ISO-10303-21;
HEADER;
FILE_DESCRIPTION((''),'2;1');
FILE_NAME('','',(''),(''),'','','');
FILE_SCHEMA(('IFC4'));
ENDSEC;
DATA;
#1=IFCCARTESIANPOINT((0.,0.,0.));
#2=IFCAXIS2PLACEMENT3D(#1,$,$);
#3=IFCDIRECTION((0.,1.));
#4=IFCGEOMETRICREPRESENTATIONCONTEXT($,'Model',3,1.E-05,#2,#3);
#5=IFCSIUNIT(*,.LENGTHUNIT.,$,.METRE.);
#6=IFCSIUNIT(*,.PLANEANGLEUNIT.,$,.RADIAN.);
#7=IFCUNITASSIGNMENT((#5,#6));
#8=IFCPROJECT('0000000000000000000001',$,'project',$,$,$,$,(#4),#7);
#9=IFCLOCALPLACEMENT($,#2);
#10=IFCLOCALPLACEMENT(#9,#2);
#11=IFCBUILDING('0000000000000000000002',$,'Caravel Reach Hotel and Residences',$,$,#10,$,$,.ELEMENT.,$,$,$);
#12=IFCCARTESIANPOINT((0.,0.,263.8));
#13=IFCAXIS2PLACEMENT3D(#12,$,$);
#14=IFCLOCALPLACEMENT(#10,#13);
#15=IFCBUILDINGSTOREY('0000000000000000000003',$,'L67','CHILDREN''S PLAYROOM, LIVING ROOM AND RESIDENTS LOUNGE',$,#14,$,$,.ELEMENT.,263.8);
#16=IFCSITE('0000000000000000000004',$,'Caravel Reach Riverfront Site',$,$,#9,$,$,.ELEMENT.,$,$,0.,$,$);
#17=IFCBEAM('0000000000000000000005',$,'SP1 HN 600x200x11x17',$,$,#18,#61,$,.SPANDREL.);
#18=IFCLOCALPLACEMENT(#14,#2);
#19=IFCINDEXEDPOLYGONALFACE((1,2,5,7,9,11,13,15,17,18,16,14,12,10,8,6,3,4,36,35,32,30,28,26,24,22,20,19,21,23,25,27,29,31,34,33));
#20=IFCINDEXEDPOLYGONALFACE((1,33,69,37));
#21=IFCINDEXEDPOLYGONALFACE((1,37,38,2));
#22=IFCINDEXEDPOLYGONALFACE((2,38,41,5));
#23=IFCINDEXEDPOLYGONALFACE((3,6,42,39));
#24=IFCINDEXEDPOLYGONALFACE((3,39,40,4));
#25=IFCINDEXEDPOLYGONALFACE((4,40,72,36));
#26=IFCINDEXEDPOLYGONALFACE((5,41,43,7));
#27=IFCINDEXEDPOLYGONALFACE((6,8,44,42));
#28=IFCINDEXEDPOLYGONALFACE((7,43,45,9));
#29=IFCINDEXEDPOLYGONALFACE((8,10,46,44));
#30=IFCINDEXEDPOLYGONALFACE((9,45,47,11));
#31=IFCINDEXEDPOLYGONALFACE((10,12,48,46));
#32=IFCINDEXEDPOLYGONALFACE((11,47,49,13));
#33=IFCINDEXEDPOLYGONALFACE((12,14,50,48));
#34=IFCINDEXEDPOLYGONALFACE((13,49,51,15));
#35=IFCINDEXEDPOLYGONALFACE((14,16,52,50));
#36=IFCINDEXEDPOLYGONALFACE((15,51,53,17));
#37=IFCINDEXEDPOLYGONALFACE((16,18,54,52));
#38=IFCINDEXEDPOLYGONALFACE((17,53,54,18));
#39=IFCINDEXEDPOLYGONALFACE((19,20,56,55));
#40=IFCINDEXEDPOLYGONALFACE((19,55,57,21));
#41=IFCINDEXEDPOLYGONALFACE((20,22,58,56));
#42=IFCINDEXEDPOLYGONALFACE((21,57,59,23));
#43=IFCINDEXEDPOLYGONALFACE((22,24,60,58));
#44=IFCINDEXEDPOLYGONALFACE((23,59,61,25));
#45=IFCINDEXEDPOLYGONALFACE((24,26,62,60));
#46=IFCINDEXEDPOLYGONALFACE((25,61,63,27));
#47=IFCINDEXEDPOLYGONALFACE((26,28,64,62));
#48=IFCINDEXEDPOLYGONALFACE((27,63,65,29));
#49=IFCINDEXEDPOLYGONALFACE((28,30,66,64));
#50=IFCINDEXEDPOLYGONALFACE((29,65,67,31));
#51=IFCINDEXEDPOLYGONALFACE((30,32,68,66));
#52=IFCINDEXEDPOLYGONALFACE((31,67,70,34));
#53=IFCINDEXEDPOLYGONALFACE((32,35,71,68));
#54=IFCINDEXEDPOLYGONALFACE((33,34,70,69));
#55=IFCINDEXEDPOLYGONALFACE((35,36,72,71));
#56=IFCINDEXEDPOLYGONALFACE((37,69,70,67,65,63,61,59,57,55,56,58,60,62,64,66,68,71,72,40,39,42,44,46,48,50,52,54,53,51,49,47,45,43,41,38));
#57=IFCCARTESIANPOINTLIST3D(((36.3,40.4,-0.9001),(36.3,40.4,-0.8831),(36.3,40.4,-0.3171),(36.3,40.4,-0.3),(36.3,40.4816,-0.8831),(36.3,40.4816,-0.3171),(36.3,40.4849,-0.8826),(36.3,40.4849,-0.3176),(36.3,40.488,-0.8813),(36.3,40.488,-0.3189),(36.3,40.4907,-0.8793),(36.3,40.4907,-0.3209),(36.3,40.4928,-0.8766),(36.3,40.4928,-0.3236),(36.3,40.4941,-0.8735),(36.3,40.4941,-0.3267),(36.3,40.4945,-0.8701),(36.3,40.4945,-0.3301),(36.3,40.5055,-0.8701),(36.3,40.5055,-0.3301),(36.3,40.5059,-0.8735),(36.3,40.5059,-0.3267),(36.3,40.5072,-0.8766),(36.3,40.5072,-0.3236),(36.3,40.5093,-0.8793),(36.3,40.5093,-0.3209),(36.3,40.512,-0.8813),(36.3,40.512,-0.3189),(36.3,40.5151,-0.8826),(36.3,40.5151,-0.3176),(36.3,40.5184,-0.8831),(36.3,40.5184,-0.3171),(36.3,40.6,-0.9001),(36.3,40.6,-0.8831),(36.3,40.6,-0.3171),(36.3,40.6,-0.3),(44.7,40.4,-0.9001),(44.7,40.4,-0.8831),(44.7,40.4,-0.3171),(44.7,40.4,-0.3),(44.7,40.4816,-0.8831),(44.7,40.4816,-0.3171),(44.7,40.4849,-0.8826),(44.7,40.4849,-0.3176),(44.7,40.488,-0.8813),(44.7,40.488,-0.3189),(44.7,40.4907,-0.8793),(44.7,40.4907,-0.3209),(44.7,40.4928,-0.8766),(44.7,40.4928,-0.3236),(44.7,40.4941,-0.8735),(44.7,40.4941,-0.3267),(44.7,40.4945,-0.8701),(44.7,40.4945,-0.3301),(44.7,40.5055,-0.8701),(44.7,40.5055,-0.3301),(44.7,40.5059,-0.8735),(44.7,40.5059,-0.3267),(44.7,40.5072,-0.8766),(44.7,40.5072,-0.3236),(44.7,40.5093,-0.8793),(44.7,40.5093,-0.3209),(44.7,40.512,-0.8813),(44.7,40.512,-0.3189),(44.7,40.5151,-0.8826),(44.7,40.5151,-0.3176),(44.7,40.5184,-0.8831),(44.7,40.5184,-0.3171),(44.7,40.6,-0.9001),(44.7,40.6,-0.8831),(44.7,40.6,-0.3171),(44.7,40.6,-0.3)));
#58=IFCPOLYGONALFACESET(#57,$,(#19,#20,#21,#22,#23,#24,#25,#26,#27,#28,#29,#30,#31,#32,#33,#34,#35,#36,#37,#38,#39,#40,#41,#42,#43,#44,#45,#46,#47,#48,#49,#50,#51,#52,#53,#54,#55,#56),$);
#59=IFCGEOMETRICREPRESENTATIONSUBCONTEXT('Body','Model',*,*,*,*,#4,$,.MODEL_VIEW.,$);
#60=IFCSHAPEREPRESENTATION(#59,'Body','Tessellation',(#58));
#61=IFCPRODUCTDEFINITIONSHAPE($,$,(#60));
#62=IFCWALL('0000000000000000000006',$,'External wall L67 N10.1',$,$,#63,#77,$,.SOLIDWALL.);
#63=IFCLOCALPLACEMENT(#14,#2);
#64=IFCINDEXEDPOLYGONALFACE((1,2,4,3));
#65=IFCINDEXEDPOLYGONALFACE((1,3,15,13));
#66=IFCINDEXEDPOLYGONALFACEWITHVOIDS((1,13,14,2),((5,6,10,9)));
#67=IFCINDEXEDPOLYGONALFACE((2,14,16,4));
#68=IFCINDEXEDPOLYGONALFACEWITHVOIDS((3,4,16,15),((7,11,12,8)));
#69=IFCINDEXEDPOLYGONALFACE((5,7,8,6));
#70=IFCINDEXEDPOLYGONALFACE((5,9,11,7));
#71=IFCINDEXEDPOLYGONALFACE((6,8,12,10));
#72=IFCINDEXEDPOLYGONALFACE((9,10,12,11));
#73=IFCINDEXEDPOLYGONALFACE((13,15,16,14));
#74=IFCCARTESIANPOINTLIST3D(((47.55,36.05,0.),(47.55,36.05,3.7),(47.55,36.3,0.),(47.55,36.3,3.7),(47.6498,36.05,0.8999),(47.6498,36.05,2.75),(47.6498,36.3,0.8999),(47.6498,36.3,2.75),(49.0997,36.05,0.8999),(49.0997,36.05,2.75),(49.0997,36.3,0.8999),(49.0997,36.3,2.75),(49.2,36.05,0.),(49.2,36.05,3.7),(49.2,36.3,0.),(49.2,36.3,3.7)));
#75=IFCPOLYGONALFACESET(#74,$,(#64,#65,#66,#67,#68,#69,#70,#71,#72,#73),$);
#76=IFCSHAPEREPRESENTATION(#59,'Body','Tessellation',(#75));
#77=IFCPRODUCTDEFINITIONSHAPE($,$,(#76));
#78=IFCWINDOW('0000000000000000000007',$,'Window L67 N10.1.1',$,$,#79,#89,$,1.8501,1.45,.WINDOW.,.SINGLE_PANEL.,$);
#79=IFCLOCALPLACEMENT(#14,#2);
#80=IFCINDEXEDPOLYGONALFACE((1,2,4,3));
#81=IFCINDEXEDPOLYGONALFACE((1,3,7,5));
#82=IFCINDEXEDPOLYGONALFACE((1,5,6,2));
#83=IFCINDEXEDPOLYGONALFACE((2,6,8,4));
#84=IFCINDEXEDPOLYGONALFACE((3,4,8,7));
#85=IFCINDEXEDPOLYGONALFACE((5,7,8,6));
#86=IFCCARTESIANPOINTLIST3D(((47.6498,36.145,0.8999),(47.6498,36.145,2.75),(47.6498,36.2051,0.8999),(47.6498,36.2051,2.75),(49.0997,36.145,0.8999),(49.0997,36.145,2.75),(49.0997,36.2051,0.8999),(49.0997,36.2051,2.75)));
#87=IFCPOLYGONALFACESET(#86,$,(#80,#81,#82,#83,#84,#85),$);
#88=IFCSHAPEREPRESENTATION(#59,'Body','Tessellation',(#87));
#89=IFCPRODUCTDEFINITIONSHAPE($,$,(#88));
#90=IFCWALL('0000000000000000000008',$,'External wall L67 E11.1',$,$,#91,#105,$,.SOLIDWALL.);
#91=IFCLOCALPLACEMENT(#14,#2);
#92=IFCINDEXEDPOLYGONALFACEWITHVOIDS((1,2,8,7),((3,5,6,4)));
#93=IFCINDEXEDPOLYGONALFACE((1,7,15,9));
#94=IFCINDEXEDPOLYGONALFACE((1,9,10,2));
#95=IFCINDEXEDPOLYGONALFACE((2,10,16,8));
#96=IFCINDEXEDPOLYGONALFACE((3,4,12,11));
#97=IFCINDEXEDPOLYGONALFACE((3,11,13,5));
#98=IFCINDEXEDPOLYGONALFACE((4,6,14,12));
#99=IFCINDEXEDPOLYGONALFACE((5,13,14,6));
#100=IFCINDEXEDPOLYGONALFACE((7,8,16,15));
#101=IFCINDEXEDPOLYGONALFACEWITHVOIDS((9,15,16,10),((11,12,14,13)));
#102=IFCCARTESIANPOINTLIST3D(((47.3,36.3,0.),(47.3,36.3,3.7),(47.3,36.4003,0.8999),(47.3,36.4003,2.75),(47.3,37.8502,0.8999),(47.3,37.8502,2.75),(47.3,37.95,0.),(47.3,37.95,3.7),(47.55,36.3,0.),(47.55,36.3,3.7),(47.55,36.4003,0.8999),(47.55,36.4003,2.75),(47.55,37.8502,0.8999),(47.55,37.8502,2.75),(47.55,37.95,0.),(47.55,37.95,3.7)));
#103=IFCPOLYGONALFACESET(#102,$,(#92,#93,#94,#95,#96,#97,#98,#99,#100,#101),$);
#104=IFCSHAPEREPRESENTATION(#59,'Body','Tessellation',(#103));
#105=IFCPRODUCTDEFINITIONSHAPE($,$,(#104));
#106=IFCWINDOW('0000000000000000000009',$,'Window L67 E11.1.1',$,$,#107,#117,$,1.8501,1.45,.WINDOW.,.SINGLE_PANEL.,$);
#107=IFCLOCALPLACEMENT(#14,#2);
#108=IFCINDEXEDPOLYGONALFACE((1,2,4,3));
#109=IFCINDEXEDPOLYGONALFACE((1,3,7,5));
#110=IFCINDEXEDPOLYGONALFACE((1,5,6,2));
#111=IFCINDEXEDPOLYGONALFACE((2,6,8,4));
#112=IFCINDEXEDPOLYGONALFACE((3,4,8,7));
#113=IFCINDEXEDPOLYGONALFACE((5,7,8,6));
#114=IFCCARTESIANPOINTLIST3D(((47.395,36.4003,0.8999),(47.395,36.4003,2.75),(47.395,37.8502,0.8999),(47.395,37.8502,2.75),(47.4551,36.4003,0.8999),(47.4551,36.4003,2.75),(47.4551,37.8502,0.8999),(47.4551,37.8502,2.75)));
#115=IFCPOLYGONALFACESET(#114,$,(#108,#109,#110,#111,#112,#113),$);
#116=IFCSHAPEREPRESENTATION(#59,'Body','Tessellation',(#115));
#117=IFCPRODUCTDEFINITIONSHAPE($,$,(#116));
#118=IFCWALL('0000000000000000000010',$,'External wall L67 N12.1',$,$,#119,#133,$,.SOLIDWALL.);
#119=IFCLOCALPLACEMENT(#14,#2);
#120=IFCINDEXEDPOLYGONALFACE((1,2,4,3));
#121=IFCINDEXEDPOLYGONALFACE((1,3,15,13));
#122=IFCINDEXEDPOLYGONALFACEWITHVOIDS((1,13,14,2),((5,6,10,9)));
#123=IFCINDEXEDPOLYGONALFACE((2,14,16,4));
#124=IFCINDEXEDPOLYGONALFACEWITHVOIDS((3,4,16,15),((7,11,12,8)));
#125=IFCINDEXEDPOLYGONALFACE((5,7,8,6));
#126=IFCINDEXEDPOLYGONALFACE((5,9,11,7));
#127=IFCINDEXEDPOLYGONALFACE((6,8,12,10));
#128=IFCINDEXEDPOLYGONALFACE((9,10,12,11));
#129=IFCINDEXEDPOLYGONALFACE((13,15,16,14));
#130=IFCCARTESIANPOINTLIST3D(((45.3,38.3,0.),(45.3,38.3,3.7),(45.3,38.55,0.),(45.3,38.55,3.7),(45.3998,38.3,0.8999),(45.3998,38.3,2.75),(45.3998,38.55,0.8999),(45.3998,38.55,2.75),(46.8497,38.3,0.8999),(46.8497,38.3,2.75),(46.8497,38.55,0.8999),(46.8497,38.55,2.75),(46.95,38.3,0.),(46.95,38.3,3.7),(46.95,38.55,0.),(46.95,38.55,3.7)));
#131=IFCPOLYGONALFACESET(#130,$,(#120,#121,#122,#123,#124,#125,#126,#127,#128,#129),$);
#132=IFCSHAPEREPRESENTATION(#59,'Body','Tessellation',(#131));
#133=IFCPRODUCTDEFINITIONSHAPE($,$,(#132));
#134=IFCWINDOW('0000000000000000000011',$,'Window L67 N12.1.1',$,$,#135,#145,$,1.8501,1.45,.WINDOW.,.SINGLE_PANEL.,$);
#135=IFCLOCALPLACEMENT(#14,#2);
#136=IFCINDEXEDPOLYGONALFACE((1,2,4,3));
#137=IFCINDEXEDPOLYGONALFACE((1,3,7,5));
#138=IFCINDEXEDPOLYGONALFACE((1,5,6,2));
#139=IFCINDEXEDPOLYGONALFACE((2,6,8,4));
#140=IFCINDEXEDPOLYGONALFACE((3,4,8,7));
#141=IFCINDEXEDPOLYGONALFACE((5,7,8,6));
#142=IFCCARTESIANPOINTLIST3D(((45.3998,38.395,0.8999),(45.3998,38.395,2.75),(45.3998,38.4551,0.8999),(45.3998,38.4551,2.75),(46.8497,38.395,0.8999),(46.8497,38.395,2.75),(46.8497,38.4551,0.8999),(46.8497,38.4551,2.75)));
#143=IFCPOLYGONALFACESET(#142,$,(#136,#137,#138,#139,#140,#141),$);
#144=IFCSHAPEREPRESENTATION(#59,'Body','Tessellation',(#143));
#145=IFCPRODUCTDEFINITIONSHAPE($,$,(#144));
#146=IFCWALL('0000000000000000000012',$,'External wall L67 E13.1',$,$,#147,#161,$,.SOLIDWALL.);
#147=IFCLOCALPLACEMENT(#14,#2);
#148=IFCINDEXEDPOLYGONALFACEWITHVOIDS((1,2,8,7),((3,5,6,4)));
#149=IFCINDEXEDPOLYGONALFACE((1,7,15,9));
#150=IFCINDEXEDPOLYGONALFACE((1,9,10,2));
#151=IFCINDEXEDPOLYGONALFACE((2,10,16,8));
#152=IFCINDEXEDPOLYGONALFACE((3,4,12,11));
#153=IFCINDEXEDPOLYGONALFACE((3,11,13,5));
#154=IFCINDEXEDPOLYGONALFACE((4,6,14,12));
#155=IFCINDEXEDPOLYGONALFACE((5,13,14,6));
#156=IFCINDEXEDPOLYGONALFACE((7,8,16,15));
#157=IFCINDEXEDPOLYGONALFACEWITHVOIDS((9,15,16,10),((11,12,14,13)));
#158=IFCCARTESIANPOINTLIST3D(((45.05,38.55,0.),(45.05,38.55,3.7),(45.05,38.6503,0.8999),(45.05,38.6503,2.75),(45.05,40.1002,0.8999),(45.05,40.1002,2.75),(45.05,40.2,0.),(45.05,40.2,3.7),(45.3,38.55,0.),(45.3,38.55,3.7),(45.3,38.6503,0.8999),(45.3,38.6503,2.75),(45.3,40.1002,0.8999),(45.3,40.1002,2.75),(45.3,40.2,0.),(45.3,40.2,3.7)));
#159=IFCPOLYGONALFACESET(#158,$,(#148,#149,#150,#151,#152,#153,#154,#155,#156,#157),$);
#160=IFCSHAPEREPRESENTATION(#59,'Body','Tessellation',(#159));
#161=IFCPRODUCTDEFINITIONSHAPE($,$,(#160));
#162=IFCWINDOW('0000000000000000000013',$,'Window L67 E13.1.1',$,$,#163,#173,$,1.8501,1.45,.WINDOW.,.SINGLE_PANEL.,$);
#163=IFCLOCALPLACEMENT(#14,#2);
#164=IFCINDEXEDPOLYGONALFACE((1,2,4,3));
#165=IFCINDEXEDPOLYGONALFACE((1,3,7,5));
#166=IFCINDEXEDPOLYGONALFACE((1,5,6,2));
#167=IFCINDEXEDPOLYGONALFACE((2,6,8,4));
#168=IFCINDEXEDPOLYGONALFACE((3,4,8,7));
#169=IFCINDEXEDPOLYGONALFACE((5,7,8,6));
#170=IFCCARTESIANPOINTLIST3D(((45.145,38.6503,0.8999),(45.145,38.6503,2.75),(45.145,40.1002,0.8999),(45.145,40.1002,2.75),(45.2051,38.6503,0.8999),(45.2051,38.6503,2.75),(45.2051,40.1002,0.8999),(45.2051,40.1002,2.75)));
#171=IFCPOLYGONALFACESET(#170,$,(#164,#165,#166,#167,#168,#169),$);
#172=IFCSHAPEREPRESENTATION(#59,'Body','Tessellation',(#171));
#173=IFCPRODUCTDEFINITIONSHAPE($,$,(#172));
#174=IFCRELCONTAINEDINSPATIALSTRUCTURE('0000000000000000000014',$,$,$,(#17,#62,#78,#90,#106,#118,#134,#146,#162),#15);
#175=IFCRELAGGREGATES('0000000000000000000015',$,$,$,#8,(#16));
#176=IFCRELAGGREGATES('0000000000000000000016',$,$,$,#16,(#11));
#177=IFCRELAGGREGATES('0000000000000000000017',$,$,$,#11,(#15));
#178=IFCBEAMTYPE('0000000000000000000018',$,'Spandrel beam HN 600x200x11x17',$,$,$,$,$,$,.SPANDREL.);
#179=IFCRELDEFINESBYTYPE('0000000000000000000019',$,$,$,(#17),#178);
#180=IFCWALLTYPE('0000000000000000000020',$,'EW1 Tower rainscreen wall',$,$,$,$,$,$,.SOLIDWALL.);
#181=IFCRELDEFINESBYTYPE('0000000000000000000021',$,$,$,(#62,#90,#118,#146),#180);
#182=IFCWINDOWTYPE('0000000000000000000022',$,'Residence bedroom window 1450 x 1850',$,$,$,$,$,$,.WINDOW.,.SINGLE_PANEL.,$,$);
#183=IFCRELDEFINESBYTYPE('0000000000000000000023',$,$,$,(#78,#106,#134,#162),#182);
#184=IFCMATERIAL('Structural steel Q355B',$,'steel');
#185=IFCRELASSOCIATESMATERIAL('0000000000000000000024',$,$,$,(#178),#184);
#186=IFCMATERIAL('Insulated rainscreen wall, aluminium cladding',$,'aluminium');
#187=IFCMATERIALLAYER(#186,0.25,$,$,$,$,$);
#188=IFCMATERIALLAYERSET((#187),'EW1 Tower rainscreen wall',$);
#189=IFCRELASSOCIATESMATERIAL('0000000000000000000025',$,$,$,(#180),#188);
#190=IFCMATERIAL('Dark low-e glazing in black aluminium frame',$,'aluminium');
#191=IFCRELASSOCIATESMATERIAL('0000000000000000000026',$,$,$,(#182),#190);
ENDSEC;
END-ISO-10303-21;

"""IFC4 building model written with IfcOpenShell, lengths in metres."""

from ifc_helpers import new_model, si_unit, direction, frame, frame_2d, origin, origin_2d, place, context, subcontext, project, spatial, rectangle, i_section, extrude, material, layer, layer_set, material_profile, profile_set, type_object, element, fill, save


model = new_model("IFC4")

# Units and contexts
model_context = context("Model", 3, precision=1e-05, world=origin(), true_north=direction((0.0, 1.0)))
body_context = subcontext(model_context, "Body", "Model", "MODEL_VIEW")
ifc_project = project(units=[si_unit("LENGTHUNIT", "METRE"), si_unit("PLANEANGLEUNIT", "RADIAN")], contexts=[model_context])

# Site, building, storey
site_placement = place(None, origin())
site = spatial("IfcSite", under=ifc_project, at=site_placement, Name="Caravel Reach Riverfront Site", CompositionType="ELEMENT", RefElevation=0.0)
building_placement = place(site_placement, origin())
building = spatial("IfcBuilding", under=site, at=building_placement, Name="Caravel Reach Hotel and Residences", CompositionType="ELEMENT")
storey_placement = place(building_placement, frame((0.0, 0.0, 263.8)))
storey = spatial("IfcBuildingStorey", under=building, at=storey_placement, Name="L67", Description="CHILDREN'S PLAYROOM, LIVING ROOM AND RESIDENTS LOUNGE", CompositionType="ELEMENT", Elevation=263.8)

# Beam
ifc_material_1 = material(Name="Structural steel Q355B", Category="steel")
ifc_material_profile_1 = material_profile(ifc_material_1, i_section(OverallWidth=0.2, OverallDepth=0.6001, WebThickness=0.011, FlangeThickness=0.0171, FilletRadius=0.0129, at=origin_2d()), Name="HN 600x200x11x17")
ifc_profile_set_1 = profile_set([ifc_material_profile_1], Name="Structural steel Q355B")
beam_type = type_object("IfcBeamType", Name="Spandrel beam HN 600x200x11x17", PredefinedType="SPANDREL", material=ifc_profile_set_1)
beam_placement = place(storey_placement, frame((44.7, 40.5, -0.6001), z_axis=(-1.0, 0.0, 0.0), x_axis=(0.0, -1.0, 0.0)))
element("IfcBeam", 1, at=beam_placement, inside=storey, type_object=beam_type, Name="SP1 HN 600x200x11x17", PredefinedType="SPANDREL", context=body_context, shape_type="SweptSolid", body=[
    extrude(i_section(OverallWidth=0.2, OverallDepth=0.6001, WebThickness=0.011, FlangeThickness=0.0171, FilletRadius=0.0129, at=origin_2d()), origin(), (0.0, 0.0, 1.0), 8.3999),
])

# Walls, openings, windows
ifc_material_2 = material(Name="Insulated rainscreen wall, aluminium cladding", Category="aluminium")
ifc_layer = layer(ifc_material_2, 0.25)
ifc_layer_set = layer_set([ifc_layer], Name="EW1 Tower rainscreen wall")
wall_type = type_object("IfcWallType", Name="EW1 Tower rainscreen wall", PredefinedType="SOLIDWALL", material=ifc_layer_set)
wall_1_placement = place(storey_placement, frame((49.2, 36.175, 0.0), z_axis=(0.0, 0.0, 1.0), x_axis=(-1.0, 0.0, 0.0)))
wall_1 = element("IfcWall", 2, at=wall_1_placement, inside=storey, type_object=wall_type, Name="External wall L67 N10.1", PredefinedType="SOLIDWALL", context=body_context, shape_type="SweptSolid", body=[
    extrude(rectangle(XDim=1.6499, YDim=0.25, at=frame_2d((0.825, 0.0))), origin(), (0.0, 0.0, 1.0), 3.7),
])
opening_1_placement = place(wall_1_placement, frame((0.1001, 0.0, 0.8999)))
opening_1 = element("IfcOpeningElement", 3, at=opening_1_placement, cuts=wall_1, PredefinedType="OPENING", context=body_context, shape_type="SweptSolid", body=[
    extrude(rectangle(XDim=1.45, YDim=1.8501, at=frame_2d((0.7251, 0.925))), frame((0.0, 0.135, 0.0), z_axis=(0.0, -1.0, 0.0), x_axis=(1.0, 0.0, 0.0)), (0.0, 0.0, 1.0), 0.27),
])
ifc_material_3 = material(Name="Dark low-e glazing in black aluminium frame", Category="aluminium")
window_type_1 = type_object("IfcWindowType", Name="Residence bedroom window 1450 x 1850", PartitioningType="SINGLE_PANEL", PredefinedType="WINDOW", material=ifc_material_3)
window_1_placement = place(opening_1_placement, origin())
window_1 = element("IfcWindow", 4, at=window_1_placement, inside=storey, type_object=window_type_1, Name="Window L67 N10.1.1", OverallHeight=1.8501, OverallWidth=1.45, PartitioningType="SINGLE_PANEL", PredefinedType="WINDOW", context=body_context, shape_type="SweptSolid", body=[
    extrude(rectangle(XDim=1.45, YDim=1.8501, at=frame_2d((0.7251, 0.925))), frame((0.0, 0.03, 0.0), z_axis=(0.0, -1.0, 0.0), x_axis=(1.0, 0.0, 0.0)), (0.0, 0.0, 1.0), 0.0601),
])
fill(opening_1, window_1)
wall_2_placement = place(storey_placement, frame((47.425, 36.3, 0.0), z_axis=(0.0, 0.0, 1.0), x_axis=(0.0, 1.0, 0.0)))
wall_2 = element("IfcWall", 5, at=wall_2_placement, inside=storey, type_object=wall_type, Name="External wall L67 E11.1", PredefinedType="SOLIDWALL", context=body_context, shape_type="SweptSolid", body=[
    extrude(rectangle(XDim=1.6499, YDim=0.25, at=frame_2d((0.825, 0.0))), origin(), (0.0, 0.0, 1.0), 3.7),
])
opening_2_placement = place(wall_2_placement, frame((0.1001, 0.0, 0.8999)))
opening_2 = element("IfcOpeningElement", 6, at=opening_2_placement, cuts=wall_2, PredefinedType="OPENING", context=body_context, shape_type="SweptSolid", body=[
    extrude(rectangle(XDim=1.45, YDim=1.8501, at=frame_2d((0.7251, 0.925))), frame((0.0, 0.135, 0.0), z_axis=(0.0, -1.0, 0.0), x_axis=(1.0, 0.0, 0.0)), (0.0, 0.0, 1.0), 0.27),
])
window_2_placement = place(opening_2_placement, origin())
window_2 = element("IfcWindow", 7, at=window_2_placement, inside=storey, type_object=window_type_1, Name="Window L67 E11.1.1", OverallHeight=1.8501, OverallWidth=1.45, PartitioningType="SINGLE_PANEL", PredefinedType="WINDOW", context=body_context, shape_type="SweptSolid", body=[
    extrude(rectangle(XDim=1.45, YDim=1.8501, at=frame_2d((0.7251, 0.925))), frame((0.0, 0.03, 0.0), z_axis=(0.0, -1.0, 0.0), x_axis=(1.0, 0.0, 0.0)), (0.0, 0.0, 1.0), 0.0601),
])
fill(opening_2, window_2)
wall_3_placement = place(storey_placement, frame((46.95, 38.425, 0.0), z_axis=(0.0, 0.0, 1.0), x_axis=(-1.0, 0.0, 0.0)))
wall_3 = element("IfcWall", 8, at=wall_3_placement, inside=storey, type_object=wall_type, Name="External wall L67 N12.1", PredefinedType="SOLIDWALL", context=body_context, shape_type="SweptSolid", body=[
    extrude(rectangle(XDim=1.6499, YDim=0.25, at=frame_2d((0.825, 0.0))), origin(), (0.0, 0.0, 1.0), 3.7),
])
opening_3_placement = place(wall_3_placement, frame((0.1001, 0.0, 0.8999)))
opening_3 = element("IfcOpeningElement", 9, at=opening_3_placement, cuts=wall_3, PredefinedType="OPENING", context=body_context, shape_type="SweptSolid", body=[
    extrude(rectangle(XDim=1.45, YDim=1.8501, at=frame_2d((0.7251, 0.925))), frame((0.0, 0.135, 0.0), z_axis=(0.0, -1.0, 0.0), x_axis=(1.0, 0.0, 0.0)), (0.0, 0.0, 1.0), 0.27),
])
window_3_placement = place(opening_3_placement, origin())
window_3 = element("IfcWindow", 10, at=window_3_placement, inside=storey, type_object=window_type_1, Name="Window L67 N12.1.1", OverallHeight=1.8501, OverallWidth=1.45, PartitioningType="SINGLE_PANEL", PredefinedType="WINDOW", context=body_context, shape_type="SweptSolid", body=[
    extrude(rectangle(XDim=1.45, YDim=1.8501, at=frame_2d((0.7251, 0.925))), frame((0.0, 0.03, 0.0), z_axis=(0.0, -1.0, 0.0), x_axis=(1.0, 0.0, 0.0)), (0.0, 0.0, 1.0), 0.0601),
])
fill(opening_3, window_3)
wall_4_placement = place(storey_placement, frame((45.175, 38.55, 0.0), z_axis=(0.0, 0.0, 1.0), x_axis=(0.0, 1.0, 0.0)))
wall_4 = element("IfcWall", 11, at=wall_4_placement, inside=storey, type_object=wall_type, Name="External wall L67 E13.1", PredefinedType="SOLIDWALL", context=body_context, shape_type="SweptSolid", body=[
    extrude(rectangle(XDim=1.6499, YDim=0.25, at=frame_2d((0.825, 0.0))), origin(), (0.0, 0.0, 1.0), 3.7),
])
opening_4_placement = place(wall_4_placement, frame((0.1001, 0.0, 0.8999)))
opening_4 = element("IfcOpeningElement", 12, at=opening_4_placement, cuts=wall_4, PredefinedType="OPENING", context=body_context, shape_type="SweptSolid", body=[
    extrude(rectangle(XDim=1.45, YDim=1.8501, at=frame_2d((0.7251, 0.925))), frame((0.0, 0.135, 0.0), z_axis=(0.0, -1.0, 0.0), x_axis=(1.0, 0.0, 0.0)), (0.0, 0.0, 1.0), 0.27),
])
window_4_placement = place(opening_4_placement, origin())
window_4 = element("IfcWindow", 13, at=window_4_placement, inside=storey, type_object=window_type_1, Name="Window L67 E13.1.1", OverallHeight=1.8501, OverallWidth=1.45, PartitioningType="SINGLE_PANEL", PredefinedType="WINDOW", context=body_context, shape_type="SweptSolid", body=[
    extrude(rectangle(XDim=1.45, YDim=1.8501, at=frame_2d((0.7251, 0.925))), frame((0.0, 0.03, 0.0), z_axis=(0.0, -1.0, 0.0), x_axis=(1.0, 0.0, 0.0)), (0.0, 0.0, 1.0), 0.0601),
])
fill(opening_4, window_4)

save(model, "model.ifc")
